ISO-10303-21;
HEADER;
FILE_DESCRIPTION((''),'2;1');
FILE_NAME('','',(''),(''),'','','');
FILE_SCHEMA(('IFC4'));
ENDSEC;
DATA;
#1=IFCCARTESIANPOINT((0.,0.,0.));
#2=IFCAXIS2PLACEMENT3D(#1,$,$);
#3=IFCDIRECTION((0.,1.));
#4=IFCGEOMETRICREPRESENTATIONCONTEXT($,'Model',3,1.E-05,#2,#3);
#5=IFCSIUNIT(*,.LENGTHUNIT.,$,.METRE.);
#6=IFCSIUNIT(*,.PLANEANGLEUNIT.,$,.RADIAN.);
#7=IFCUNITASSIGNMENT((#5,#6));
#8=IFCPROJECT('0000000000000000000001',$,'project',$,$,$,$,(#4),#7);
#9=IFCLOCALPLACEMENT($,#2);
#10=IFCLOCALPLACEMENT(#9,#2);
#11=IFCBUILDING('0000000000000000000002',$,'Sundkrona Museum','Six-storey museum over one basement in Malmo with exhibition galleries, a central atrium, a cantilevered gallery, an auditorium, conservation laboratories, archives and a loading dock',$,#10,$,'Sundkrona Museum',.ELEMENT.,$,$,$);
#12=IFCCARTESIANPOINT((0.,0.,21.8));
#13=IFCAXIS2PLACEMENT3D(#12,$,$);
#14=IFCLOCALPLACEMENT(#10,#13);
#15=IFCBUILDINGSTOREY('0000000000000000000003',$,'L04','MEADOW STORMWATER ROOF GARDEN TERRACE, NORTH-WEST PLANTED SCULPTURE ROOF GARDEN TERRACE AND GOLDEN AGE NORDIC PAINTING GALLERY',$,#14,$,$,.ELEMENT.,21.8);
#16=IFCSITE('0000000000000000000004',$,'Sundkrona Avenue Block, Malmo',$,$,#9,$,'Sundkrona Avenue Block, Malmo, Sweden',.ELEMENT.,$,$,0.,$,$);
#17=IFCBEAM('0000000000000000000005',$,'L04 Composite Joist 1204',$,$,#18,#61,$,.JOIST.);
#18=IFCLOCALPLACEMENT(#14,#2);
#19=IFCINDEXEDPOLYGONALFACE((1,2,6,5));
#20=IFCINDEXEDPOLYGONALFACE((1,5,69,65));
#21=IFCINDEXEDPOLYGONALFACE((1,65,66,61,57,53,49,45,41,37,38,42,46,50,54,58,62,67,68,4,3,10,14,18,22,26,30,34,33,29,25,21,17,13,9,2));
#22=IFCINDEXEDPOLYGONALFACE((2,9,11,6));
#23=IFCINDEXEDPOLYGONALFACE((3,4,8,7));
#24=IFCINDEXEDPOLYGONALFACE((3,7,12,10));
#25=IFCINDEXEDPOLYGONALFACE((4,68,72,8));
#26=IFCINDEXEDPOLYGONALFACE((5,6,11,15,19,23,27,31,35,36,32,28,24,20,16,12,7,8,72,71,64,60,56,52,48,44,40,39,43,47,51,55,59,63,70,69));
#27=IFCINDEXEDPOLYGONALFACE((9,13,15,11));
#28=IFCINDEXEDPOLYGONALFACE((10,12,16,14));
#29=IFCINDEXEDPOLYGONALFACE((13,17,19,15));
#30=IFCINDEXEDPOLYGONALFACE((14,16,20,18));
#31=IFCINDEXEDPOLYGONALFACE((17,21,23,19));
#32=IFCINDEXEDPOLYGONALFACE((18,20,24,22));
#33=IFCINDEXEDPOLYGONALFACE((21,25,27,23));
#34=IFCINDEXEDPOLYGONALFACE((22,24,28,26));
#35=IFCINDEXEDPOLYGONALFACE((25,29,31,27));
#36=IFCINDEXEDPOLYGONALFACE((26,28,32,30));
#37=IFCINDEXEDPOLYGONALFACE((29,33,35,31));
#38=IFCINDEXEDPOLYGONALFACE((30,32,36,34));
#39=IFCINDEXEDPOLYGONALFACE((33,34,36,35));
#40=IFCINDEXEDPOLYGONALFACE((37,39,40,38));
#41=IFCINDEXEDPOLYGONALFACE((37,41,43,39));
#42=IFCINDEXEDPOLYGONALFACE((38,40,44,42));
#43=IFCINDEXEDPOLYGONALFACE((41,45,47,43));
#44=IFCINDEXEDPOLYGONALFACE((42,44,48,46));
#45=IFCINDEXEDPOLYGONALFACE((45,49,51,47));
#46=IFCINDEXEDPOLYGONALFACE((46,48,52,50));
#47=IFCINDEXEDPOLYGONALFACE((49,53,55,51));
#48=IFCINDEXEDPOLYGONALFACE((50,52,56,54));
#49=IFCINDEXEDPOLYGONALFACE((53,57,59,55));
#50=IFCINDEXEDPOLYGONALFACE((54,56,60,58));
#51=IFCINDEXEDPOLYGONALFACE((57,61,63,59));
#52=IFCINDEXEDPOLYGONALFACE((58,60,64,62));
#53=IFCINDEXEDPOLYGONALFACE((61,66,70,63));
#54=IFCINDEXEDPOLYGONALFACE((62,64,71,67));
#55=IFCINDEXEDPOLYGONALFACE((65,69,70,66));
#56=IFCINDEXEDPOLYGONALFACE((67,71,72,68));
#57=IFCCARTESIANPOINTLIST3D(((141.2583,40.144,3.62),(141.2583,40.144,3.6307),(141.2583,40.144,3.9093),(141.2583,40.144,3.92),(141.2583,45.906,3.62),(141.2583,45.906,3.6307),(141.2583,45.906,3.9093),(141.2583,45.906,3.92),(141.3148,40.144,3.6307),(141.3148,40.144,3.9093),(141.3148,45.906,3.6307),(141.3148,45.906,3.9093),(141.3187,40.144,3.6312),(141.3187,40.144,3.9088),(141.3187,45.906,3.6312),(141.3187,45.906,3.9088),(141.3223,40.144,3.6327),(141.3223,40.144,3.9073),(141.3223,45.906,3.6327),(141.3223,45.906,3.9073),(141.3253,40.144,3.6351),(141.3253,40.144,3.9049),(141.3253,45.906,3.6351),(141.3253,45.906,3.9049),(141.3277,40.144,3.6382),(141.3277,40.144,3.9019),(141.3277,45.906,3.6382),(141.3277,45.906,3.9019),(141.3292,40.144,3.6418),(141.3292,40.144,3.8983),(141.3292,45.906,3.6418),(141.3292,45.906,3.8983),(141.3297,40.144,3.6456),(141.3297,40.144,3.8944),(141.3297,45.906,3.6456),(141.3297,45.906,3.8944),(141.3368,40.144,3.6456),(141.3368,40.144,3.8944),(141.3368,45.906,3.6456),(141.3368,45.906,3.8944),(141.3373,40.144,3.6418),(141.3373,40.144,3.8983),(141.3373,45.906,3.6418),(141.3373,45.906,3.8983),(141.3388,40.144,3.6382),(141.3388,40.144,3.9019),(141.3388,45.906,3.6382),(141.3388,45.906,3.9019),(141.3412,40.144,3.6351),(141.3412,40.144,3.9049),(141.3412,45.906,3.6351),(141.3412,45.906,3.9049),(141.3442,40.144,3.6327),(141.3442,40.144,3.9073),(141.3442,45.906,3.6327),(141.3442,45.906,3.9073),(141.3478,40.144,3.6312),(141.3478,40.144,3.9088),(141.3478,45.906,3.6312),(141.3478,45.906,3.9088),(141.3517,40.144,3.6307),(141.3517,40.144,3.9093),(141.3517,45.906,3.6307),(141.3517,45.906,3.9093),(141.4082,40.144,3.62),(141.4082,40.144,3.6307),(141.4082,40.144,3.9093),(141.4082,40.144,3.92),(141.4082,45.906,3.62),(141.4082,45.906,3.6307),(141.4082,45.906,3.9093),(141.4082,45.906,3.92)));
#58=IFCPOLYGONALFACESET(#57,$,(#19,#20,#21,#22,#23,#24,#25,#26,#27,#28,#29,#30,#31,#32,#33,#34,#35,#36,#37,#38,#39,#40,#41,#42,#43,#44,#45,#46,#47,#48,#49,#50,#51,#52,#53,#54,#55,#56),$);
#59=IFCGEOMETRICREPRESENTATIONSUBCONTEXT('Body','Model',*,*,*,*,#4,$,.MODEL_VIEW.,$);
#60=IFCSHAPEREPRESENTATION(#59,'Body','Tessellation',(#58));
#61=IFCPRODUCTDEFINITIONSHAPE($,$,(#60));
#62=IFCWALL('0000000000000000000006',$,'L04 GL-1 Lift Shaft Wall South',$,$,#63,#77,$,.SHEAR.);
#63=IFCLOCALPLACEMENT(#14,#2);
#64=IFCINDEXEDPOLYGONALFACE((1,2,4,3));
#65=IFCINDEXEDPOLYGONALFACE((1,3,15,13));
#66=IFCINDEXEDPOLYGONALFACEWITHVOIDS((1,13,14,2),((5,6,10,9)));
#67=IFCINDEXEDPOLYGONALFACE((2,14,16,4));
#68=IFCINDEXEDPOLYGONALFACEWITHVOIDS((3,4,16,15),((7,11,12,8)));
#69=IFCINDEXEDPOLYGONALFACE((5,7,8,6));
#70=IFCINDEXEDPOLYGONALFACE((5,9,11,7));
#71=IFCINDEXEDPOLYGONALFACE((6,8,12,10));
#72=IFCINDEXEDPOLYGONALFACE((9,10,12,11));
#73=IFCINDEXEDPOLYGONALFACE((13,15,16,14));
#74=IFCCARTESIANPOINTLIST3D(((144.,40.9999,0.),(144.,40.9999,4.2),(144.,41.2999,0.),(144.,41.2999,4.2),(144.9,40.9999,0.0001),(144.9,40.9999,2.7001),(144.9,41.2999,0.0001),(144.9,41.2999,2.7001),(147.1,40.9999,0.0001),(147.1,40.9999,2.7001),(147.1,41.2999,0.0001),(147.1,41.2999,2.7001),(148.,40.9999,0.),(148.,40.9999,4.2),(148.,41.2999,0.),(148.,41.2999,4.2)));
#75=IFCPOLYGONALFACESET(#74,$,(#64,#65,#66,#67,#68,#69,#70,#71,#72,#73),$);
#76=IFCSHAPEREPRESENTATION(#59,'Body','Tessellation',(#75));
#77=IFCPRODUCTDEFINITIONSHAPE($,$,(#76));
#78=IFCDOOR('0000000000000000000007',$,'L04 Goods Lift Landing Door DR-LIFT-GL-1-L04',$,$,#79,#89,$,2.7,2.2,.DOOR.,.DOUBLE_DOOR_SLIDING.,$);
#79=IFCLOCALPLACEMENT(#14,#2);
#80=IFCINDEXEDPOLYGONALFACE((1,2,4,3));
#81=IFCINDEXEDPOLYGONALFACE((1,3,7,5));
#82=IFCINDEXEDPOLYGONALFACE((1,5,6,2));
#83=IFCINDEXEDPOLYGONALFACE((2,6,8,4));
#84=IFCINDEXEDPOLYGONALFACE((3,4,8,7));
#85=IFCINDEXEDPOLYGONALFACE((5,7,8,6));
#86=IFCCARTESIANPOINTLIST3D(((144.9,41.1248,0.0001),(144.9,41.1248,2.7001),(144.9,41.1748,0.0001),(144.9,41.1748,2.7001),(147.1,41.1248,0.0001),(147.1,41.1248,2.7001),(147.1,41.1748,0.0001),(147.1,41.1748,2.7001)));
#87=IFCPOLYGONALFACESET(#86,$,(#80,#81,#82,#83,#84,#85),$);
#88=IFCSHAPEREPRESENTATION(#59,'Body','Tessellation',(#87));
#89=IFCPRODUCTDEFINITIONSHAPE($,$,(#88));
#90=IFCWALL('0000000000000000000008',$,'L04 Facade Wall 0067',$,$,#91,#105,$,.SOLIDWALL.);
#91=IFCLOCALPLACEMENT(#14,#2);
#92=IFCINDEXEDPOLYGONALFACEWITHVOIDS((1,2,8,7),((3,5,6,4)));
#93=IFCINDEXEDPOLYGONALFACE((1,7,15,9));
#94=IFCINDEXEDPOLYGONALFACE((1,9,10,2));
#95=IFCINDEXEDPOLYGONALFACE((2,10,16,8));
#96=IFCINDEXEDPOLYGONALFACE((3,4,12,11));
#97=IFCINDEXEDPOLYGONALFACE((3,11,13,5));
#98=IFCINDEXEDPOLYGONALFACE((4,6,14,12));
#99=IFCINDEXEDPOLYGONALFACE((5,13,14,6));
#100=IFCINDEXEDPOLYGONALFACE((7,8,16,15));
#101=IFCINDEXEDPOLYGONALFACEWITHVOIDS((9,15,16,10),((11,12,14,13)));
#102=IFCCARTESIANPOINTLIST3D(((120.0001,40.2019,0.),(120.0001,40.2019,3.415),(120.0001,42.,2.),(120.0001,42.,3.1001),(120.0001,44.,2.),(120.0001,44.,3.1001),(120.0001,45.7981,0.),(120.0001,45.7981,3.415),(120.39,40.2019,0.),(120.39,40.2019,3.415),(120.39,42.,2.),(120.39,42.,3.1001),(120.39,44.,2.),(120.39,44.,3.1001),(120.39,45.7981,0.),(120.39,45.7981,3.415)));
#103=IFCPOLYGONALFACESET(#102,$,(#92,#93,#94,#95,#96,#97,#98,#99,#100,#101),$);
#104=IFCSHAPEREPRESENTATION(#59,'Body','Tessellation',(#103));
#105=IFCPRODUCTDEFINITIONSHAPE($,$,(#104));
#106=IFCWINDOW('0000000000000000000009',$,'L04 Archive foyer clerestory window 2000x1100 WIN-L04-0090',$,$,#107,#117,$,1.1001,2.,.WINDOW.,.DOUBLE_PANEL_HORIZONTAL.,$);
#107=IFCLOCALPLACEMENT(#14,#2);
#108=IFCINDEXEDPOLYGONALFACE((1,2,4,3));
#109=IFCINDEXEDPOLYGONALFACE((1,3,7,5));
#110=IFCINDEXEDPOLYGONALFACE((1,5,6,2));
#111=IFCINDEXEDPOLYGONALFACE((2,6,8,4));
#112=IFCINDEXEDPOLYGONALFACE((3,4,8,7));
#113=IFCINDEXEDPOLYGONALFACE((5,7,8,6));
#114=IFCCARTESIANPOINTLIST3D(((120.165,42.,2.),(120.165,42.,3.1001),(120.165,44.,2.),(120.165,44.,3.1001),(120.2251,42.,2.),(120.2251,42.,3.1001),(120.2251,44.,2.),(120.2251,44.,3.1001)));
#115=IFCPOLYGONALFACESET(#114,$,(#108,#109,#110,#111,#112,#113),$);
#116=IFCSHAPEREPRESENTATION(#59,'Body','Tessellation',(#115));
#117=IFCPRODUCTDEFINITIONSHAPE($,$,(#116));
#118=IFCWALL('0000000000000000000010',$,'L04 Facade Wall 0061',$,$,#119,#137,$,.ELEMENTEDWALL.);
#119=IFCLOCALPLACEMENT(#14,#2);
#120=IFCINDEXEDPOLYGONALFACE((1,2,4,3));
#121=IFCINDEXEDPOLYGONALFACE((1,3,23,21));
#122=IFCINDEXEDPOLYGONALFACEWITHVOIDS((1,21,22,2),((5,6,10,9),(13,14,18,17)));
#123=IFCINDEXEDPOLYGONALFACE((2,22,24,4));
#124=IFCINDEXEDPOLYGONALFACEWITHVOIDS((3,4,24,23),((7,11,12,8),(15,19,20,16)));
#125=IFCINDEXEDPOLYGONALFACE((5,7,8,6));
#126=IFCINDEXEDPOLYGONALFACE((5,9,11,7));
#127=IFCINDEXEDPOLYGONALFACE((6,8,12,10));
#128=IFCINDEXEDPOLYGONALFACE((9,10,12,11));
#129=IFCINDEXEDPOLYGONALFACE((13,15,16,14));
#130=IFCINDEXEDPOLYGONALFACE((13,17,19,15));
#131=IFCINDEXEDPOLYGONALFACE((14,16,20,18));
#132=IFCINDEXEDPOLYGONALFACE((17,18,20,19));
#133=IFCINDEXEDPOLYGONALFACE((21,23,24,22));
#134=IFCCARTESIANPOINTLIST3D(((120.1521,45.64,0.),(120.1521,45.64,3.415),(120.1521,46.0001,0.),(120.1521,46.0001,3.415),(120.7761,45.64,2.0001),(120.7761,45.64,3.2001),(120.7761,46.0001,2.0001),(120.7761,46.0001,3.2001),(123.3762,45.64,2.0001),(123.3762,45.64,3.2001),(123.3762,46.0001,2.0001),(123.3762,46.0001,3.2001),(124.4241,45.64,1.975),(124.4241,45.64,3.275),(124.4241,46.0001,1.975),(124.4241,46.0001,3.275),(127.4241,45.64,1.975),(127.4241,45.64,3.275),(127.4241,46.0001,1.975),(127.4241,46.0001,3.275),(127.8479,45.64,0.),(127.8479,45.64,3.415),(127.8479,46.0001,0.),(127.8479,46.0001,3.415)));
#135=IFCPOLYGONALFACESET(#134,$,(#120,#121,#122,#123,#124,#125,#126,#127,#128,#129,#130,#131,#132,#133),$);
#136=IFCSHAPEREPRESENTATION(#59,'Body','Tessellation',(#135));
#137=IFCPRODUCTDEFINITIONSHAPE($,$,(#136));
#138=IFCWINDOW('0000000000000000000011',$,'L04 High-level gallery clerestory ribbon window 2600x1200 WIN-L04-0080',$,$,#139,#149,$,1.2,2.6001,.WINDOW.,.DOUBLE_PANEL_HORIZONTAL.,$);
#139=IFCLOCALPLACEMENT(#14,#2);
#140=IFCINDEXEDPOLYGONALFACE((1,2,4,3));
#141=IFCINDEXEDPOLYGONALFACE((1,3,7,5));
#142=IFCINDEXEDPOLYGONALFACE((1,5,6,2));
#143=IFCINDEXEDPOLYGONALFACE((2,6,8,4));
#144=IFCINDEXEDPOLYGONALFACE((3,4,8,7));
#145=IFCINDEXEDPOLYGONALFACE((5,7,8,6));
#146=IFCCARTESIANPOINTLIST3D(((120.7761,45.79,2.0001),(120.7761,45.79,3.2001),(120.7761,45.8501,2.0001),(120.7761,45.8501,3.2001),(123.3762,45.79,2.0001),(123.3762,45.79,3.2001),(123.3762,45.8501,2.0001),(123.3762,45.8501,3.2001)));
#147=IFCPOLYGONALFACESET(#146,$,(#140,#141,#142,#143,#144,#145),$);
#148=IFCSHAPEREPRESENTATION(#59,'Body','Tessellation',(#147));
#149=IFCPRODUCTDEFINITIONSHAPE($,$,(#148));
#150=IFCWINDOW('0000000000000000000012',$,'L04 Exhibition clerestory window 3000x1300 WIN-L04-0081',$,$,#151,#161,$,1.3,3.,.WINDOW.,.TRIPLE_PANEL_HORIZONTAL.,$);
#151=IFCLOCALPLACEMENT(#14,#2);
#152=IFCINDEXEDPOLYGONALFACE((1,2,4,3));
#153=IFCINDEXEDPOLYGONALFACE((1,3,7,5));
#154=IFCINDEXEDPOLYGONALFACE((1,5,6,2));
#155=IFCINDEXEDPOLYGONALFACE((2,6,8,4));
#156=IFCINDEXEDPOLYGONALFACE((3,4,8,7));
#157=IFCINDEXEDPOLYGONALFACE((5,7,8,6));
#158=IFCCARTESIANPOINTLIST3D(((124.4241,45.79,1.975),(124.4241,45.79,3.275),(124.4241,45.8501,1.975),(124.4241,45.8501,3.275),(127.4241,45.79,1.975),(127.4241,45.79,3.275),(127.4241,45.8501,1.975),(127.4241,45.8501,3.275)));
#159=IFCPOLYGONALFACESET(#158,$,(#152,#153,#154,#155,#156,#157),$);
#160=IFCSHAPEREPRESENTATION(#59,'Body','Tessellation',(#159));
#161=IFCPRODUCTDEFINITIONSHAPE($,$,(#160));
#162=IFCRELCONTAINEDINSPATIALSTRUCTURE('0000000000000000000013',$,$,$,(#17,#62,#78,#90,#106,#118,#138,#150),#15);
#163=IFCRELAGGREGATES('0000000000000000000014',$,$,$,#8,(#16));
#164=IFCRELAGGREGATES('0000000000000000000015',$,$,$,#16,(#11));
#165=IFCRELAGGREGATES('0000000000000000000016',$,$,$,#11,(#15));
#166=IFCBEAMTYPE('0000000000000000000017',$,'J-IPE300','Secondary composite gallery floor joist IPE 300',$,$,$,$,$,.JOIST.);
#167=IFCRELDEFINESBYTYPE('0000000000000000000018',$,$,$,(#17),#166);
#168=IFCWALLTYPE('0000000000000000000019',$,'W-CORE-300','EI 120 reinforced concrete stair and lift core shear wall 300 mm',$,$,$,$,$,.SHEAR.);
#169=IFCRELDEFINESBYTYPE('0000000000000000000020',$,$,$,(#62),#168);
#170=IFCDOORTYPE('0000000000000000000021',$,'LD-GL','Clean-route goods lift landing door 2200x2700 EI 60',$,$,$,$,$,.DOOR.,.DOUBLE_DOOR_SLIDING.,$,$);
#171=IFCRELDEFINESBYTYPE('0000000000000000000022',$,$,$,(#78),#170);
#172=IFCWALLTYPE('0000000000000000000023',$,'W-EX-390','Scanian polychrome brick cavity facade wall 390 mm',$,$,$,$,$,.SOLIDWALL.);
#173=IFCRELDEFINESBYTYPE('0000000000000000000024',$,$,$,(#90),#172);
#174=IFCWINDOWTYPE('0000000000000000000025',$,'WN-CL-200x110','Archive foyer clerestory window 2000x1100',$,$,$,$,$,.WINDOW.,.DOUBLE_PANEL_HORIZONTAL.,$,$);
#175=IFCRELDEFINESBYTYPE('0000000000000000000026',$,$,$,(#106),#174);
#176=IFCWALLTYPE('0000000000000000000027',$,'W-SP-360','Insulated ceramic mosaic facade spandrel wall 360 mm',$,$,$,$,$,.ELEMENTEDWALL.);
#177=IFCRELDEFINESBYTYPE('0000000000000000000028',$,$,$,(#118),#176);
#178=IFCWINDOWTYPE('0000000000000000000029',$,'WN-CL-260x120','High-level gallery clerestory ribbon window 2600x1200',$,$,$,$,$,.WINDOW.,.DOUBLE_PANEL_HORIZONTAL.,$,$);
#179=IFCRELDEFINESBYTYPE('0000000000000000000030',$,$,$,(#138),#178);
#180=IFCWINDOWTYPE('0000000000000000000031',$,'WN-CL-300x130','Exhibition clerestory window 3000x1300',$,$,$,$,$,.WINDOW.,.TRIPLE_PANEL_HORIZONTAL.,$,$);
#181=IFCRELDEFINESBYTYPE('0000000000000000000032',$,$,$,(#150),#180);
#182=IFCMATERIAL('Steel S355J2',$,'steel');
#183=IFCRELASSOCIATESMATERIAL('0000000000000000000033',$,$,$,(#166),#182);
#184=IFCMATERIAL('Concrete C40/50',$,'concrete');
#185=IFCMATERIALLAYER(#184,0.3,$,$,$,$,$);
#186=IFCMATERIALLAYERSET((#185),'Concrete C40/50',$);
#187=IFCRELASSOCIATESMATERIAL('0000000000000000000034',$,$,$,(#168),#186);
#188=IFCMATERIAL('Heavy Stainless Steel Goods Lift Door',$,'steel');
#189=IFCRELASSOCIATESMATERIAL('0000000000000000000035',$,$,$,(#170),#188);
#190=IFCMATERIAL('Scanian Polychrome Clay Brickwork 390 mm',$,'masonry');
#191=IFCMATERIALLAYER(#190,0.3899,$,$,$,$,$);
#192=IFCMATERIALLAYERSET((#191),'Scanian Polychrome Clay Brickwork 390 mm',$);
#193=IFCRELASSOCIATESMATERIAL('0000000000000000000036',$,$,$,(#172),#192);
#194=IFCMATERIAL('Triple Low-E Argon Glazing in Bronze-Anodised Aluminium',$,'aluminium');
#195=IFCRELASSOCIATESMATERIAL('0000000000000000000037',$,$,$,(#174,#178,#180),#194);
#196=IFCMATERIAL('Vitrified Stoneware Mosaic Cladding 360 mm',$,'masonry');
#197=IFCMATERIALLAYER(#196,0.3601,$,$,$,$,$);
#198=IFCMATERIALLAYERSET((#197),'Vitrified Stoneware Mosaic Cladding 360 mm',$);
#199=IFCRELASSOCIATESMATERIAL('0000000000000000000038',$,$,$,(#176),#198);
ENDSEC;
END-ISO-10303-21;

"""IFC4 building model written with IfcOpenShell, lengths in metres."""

from ifc_helpers import new_model, si_unit, direction, frame, frame_2d, origin, origin_2d, place, context, subcontext, project, spatial, rectangle, i_section, extrude, material, layer, layer_set, material_profile, profile_set, type_object, element, fill, save


model = new_model("IFC4")

# Units and contexts
model_context = context("Model", 3, precision=1e-05, world=origin(), true_north=direction((0.0, 1.0)))
body_context = subcontext(model_context, "Body", "Model", "MODEL_VIEW")
ifc_project = project(units=[si_unit("LENGTHUNIT", "METRE"), si_unit("PLANEANGLEUNIT", "RADIAN")], contexts=[model_context])

# Site, building, storey
site_placement = place(None, origin())
site = spatial("IfcSite", under=ifc_project, at=site_placement, Name="Sundkrona Avenue Block, Malmo", LongName="Sundkrona Avenue Block, Malmo, Sweden", CompositionType="ELEMENT", RefElevation=0.0)
building_placement = place(site_placement, origin())
building = spatial("IfcBuilding", under=site, at=building_placement, Name="Sundkrona Museum", Description="Six-storey museum over one basement in Malmo with exhibition galleries, a central atrium, a cantilevered gallery, an auditorium, conservation laboratories, archives and a loading dock", LongName="Sundkrona Museum", CompositionType="ELEMENT")
storey_placement = place(building_placement, frame((0.0, 0.0, 21.8)))
storey = spatial("IfcBuildingStorey", under=building, at=storey_placement, Name="L04", Description="MEADOW STORMWATER ROOF GARDEN TERRACE, NORTH-WEST PLANTED SCULPTURE ROOF GARDEN TERRACE AND GOLDEN AGE NORDIC PAINTING GALLERY", CompositionType="ELEMENT", Elevation=21.8)

# Shared definitions
ifc_material_1 = material(Name="Steel S355J2", Category="steel")

# Beam
ifc_material_profile_1 = material_profile(ifc_material_1, i_section(OverallWidth=0.1499, OverallDepth=0.3, WebThickness=0.0071, FlangeThickness=0.0107, FilletRadius=0.0149, at=origin_2d()), Name="IPE 300")
ifc_profile_set_1 = profile_set([ifc_material_profile_1], Name="Steel S355J2")
beam_type_1 = type_object("IfcBeamType", Name="J-IPE300", Description="Secondary composite gallery floor joist IPE 300", PredefinedType="JOIST", material=ifc_profile_set_1)
for number, where, z_axis, x_axis, name in (
    (1, (141.3333, 40.144, 3.77), (0.0, 1.0, 0.0), (-1.0, 0.0, 0.0), "L04 Composite Joist 1204"),
):
    element("IfcBeam", number, at=place(storey_placement, frame(where, z_axis=z_axis, x_axis=x_axis)), inside=storey, type_object=beam_type_1, Name=name, PredefinedType="JOIST", context=body_context, shape_type="SweptSolid", body=[
        extrude(i_section(OverallWidth=0.1499, OverallDepth=0.3, WebThickness=0.0071, FlangeThickness=0.0107, FilletRadius=0.0149, at=origin_2d()), origin(), (0.0, 0.0, 1.0), 5.762),
    ])

# Wall, opening, door
ifc_material_2 = material(Name="Concrete C40/50", Category="concrete")
ifc_layer_1 = layer(ifc_material_2, 0.3)
ifc_layer_set_1 = layer_set([ifc_layer_1], Name="Concrete C40/50")
wall_type_1 = type_object("IfcWallType", Name="W-CORE-300", Description="EI 120 reinforced concrete stair and lift core shear wall 300 mm", PredefinedType="SHEAR", material=ifc_layer_set_1)
wall_1_placement = place(storey_placement, frame((144.0, 41.1499, 0.0), z_axis=(0.0, 0.0, 1.0), x_axis=(1.0, 0.0, 0.0)))
wall_1 = element("IfcWall", 2, at=wall_1_placement, inside=storey, type_object=wall_type_1, Name="L04 GL-1 Lift Shaft Wall South", PredefinedType="SHEAR", context=body_context, shape_type="SweptSolid", body=[
    extrude(rectangle(XDim=4.0, YDim=0.3, at=frame_2d((2.0, 0.0))), origin(), (0.0, 0.0, 1.0), 4.2),
])
opening_1_placement = place(wall_1_placement, frame((0.8999, 0.0, 0.0)))
opening_1 = element("IfcOpeningElement", 3, at=opening_1_placement, cuts=wall_1, PredefinedType="OPENING", context=body_context, shape_type="SweptSolid", body=[
    extrude(rectangle(XDim=2.2, YDim=2.7, at=frame_2d((1.1001, 1.3501))), frame((0.0, 0.1599, 0.0), z_axis=(0.0, -1.0, 0.0), x_axis=(1.0, 0.0, 0.0)), (0.0, 0.0, 1.0), 0.3201),
])
ifc_material_3 = material(Name="Heavy Stainless Steel Goods Lift Door", Category="steel")
door_type_1 = type_object("IfcDoorType", Name="LD-GL", Description="Clean-route goods lift landing door 2200x2700 EI 60", OperationType="DOUBLE_DOOR_SLIDING", PredefinedType="DOOR", material=ifc_material_3)
door_1_placement = place(opening_1_placement, origin())
door_1 = element("IfcDoor", 4, at=door_1_placement, inside=storey, type_object=door_type_1, Name="L04 Goods Lift Landing Door DR-LIFT-GL-1-L04", OperationType="DOUBLE_DOOR_SLIDING", OverallHeight=2.7, OverallWidth=2.2, PredefinedType="DOOR", context=body_context, shape_type="SweptSolid", body=[
    extrude(rectangle(XDim=2.2, YDim=2.7, at=frame_2d((1.1001, 1.3501))), frame((0.0, 0.0249, 0.0), z_axis=(0.0, -1.0, 0.0), x_axis=(1.0, 0.0, 0.0)), (0.0, 0.0, 1.0), 0.05),
])
fill(opening_1, door_1)

# Wall, opening, window
ifc_material_4 = material(Name="Scanian Polychrome Clay Brickwork 390 mm", Category="masonry")
ifc_layer_2 = layer(ifc_material_4, 0.3899)
ifc_layer_set_2 = layer_set([ifc_layer_2], Name="Scanian Polychrome Clay Brickwork 390 mm")
wall_type_2 = type_object("IfcWallType", Name="W-EX-390", Description="Scanian polychrome brick cavity facade wall 390 mm", PredefinedType="SOLIDWALL", material=ifc_layer_set_2)
wall_2_placement = place(storey_placement, frame((120.1951, 40.2019, 0.0), z_axis=(0.0, 0.0, 1.0), x_axis=(0.0, 1.0, 0.0)))
wall_2 = element("IfcWall", 5, at=wall_2_placement, inside=storey, type_object=wall_type_2, Name="L04 Facade Wall 0067", PredefinedType="SOLIDWALL", context=body_context, shape_type="SweptSolid", body=[
    extrude(rectangle(XDim=5.5962, YDim=0.3899, at=frame_2d((2.7981, 0.0))), origin(), (0.0, 0.0, 1.0), 3.415),
])
opening_2_placement = place(wall_2_placement, frame((1.7981, 0.0, 2.0)))
opening_2 = element("IfcOpeningElement", 6, at=opening_2_placement, cuts=wall_2, PredefinedType="OPENING", context=body_context, shape_type="SweptSolid", body=[
    extrude(rectangle(XDim=2.0, YDim=1.1001, at=frame_2d((1.0, 0.55))), frame((0.0, 0.2048, 0.0), z_axis=(0.0, -1.0, 0.0), x_axis=(1.0, 0.0, 0.0)), (0.0, 0.0, 1.0), 0.4099),
])
ifc_material_5 = material(Name="Triple Low-E Argon Glazing in Bronze-Anodised Aluminium", Category="aluminium")
window_type_1 = type_object("IfcWindowType", Name="WN-CL-200x110", Description="Archive foyer clerestory window 2000x1100", PartitioningType="DOUBLE_PANEL_HORIZONTAL", PredefinedType="WINDOW", material=ifc_material_5)
window_1_placement = place(opening_2_placement, origin())
window_1 = element("IfcWindow", 7, at=window_1_placement, inside=storey, type_object=window_type_1, Name="L04 Archive foyer clerestory window 2000x1100 WIN-L04-0090", OverallHeight=1.1001, OverallWidth=2.0, PartitioningType="DOUBLE_PANEL_HORIZONTAL", PredefinedType="WINDOW", context=body_context, shape_type="SweptSolid", body=[
    extrude(rectangle(XDim=2.0, YDim=1.1001, at=frame_2d((1.0, 0.55))), frame((0.0, 0.03, 0.0), z_axis=(0.0, -1.0, 0.0), x_axis=(1.0, 0.0, 0.0)), (0.0, 0.0, 1.0), 0.0601),
])
fill(opening_2, window_1)

# Wall, openings, windows
ifc_material_6 = material(Name="Vitrified Stoneware Mosaic Cladding 360 mm", Category="masonry")
ifc_layer_3 = layer(ifc_material_6, 0.3601)
ifc_layer_set_3 = layer_set([ifc_layer_3], Name="Vitrified Stoneware Mosaic Cladding 360 mm")
wall_type_3 = type_object("IfcWallType", Name="W-SP-360", Description="Insulated ceramic mosaic facade spandrel wall 360 mm", PredefinedType="ELEMENTEDWALL", material=ifc_layer_set_3)
wall_3_placement = place(storey_placement, frame((120.1521, 45.8201, 0.0), z_axis=(0.0, 0.0, 1.0), x_axis=(1.0, 0.0, 0.0)))
wall_3 = element("IfcWall", 8, at=wall_3_placement, inside=storey, type_object=wall_type_3, Name="L04 Facade Wall 0061", PredefinedType="ELEMENTEDWALL", context=body_context, shape_type="SweptSolid", body=[
    extrude(rectangle(XDim=7.6958, YDim=0.3601, at=frame_2d((3.8479, 0.0))), origin(), (0.0, 0.0, 1.0), 3.415),
])
opening_3_placement = place(wall_3_placement, frame((0.624, 0.0, 2.0)))
opening_3 = element("IfcOpeningElement", 9, at=opening_3_placement, cuts=wall_3, PredefinedType="OPENING", context=body_context, shape_type="SweptSolid", body=[
    extrude(rectangle(XDim=2.6001, YDim=1.2, at=frame_2d((1.3, 0.6001))), frame((0.0, 0.1899, 0.0), z_axis=(0.0, -1.0, 0.0), x_axis=(1.0, 0.0, 0.0)), (0.0, 0.0, 1.0), 0.3801),
])
opening_4_placement = place(wall_3_placement, frame((4.272, 0.0, 1.9751)))
opening_4 = element("IfcOpeningElement", 10, at=opening_4_placement, cuts=wall_3, PredefinedType="OPENING", context=body_context, shape_type="SweptSolid", body=[
    extrude(rectangle(XDim=3.0, YDim=1.3, at=frame_2d((1.5, 0.6499))), frame((0.0, 0.1899, 0.0), z_axis=(0.0, -1.0, 0.0), x_axis=(1.0, 0.0, 0.0)), (0.0, 0.0, 1.0), 0.3801),
])
window_type_2 = type_object("IfcWindowType", Name="WN-CL-260x120", Description="High-level gallery clerestory ribbon window 2600x1200", PartitioningType="DOUBLE_PANEL_HORIZONTAL", PredefinedType="WINDOW", material=ifc_material_5)
window_2_placement = place(opening_3_placement, origin())
window_2 = element("IfcWindow", 11, at=window_2_placement, inside=storey, type_object=window_type_2, Name="L04 High-level gallery clerestory ribbon window 2600x1200 WIN-L04-0080", OverallHeight=1.2, OverallWidth=2.6001, PartitioningType="DOUBLE_PANEL_HORIZONTAL", PredefinedType="WINDOW", context=body_context, shape_type="SweptSolid", body=[
    extrude(rectangle(XDim=2.6001, YDim=1.2, at=frame_2d((1.3, 0.6001))), frame((0.0, 0.03, 0.0), z_axis=(0.0, -1.0, 0.0), x_axis=(1.0, 0.0, 0.0)), (0.0, 0.0, 1.0), 0.0601),
])
fill(opening_3, window_2)
window_type_3 = type_object("IfcWindowType", Name="WN-CL-300x130", Description="Exhibition clerestory window 3000x1300", PartitioningType="TRIPLE_PANEL_HORIZONTAL", PredefinedType="WINDOW", material=ifc_material_5)
window_3_placement = place(opening_4_placement, origin())
window_3 = element("IfcWindow", 12, at=window_3_placement, inside=storey, type_object=window_type_3, Name="L04 Exhibition clerestory window 3000x1300 WIN-L04-0081", OverallHeight=1.3, OverallWidth=3.0, PartitioningType="TRIPLE_PANEL_HORIZONTAL", PredefinedType="WINDOW", context=body_context, shape_type="SweptSolid", body=[
    extrude(rectangle(XDim=3.0, YDim=1.3, at=frame_2d((1.5, 0.6499))), frame((0.0, 0.03, 0.0), z_axis=(0.0, -1.0, 0.0), x_axis=(1.0, 0.0, 0.0)), (0.0, 0.0, 1.0), 0.0601),
])
fill(opening_4, window_3)

save(model, "model.ifc")
